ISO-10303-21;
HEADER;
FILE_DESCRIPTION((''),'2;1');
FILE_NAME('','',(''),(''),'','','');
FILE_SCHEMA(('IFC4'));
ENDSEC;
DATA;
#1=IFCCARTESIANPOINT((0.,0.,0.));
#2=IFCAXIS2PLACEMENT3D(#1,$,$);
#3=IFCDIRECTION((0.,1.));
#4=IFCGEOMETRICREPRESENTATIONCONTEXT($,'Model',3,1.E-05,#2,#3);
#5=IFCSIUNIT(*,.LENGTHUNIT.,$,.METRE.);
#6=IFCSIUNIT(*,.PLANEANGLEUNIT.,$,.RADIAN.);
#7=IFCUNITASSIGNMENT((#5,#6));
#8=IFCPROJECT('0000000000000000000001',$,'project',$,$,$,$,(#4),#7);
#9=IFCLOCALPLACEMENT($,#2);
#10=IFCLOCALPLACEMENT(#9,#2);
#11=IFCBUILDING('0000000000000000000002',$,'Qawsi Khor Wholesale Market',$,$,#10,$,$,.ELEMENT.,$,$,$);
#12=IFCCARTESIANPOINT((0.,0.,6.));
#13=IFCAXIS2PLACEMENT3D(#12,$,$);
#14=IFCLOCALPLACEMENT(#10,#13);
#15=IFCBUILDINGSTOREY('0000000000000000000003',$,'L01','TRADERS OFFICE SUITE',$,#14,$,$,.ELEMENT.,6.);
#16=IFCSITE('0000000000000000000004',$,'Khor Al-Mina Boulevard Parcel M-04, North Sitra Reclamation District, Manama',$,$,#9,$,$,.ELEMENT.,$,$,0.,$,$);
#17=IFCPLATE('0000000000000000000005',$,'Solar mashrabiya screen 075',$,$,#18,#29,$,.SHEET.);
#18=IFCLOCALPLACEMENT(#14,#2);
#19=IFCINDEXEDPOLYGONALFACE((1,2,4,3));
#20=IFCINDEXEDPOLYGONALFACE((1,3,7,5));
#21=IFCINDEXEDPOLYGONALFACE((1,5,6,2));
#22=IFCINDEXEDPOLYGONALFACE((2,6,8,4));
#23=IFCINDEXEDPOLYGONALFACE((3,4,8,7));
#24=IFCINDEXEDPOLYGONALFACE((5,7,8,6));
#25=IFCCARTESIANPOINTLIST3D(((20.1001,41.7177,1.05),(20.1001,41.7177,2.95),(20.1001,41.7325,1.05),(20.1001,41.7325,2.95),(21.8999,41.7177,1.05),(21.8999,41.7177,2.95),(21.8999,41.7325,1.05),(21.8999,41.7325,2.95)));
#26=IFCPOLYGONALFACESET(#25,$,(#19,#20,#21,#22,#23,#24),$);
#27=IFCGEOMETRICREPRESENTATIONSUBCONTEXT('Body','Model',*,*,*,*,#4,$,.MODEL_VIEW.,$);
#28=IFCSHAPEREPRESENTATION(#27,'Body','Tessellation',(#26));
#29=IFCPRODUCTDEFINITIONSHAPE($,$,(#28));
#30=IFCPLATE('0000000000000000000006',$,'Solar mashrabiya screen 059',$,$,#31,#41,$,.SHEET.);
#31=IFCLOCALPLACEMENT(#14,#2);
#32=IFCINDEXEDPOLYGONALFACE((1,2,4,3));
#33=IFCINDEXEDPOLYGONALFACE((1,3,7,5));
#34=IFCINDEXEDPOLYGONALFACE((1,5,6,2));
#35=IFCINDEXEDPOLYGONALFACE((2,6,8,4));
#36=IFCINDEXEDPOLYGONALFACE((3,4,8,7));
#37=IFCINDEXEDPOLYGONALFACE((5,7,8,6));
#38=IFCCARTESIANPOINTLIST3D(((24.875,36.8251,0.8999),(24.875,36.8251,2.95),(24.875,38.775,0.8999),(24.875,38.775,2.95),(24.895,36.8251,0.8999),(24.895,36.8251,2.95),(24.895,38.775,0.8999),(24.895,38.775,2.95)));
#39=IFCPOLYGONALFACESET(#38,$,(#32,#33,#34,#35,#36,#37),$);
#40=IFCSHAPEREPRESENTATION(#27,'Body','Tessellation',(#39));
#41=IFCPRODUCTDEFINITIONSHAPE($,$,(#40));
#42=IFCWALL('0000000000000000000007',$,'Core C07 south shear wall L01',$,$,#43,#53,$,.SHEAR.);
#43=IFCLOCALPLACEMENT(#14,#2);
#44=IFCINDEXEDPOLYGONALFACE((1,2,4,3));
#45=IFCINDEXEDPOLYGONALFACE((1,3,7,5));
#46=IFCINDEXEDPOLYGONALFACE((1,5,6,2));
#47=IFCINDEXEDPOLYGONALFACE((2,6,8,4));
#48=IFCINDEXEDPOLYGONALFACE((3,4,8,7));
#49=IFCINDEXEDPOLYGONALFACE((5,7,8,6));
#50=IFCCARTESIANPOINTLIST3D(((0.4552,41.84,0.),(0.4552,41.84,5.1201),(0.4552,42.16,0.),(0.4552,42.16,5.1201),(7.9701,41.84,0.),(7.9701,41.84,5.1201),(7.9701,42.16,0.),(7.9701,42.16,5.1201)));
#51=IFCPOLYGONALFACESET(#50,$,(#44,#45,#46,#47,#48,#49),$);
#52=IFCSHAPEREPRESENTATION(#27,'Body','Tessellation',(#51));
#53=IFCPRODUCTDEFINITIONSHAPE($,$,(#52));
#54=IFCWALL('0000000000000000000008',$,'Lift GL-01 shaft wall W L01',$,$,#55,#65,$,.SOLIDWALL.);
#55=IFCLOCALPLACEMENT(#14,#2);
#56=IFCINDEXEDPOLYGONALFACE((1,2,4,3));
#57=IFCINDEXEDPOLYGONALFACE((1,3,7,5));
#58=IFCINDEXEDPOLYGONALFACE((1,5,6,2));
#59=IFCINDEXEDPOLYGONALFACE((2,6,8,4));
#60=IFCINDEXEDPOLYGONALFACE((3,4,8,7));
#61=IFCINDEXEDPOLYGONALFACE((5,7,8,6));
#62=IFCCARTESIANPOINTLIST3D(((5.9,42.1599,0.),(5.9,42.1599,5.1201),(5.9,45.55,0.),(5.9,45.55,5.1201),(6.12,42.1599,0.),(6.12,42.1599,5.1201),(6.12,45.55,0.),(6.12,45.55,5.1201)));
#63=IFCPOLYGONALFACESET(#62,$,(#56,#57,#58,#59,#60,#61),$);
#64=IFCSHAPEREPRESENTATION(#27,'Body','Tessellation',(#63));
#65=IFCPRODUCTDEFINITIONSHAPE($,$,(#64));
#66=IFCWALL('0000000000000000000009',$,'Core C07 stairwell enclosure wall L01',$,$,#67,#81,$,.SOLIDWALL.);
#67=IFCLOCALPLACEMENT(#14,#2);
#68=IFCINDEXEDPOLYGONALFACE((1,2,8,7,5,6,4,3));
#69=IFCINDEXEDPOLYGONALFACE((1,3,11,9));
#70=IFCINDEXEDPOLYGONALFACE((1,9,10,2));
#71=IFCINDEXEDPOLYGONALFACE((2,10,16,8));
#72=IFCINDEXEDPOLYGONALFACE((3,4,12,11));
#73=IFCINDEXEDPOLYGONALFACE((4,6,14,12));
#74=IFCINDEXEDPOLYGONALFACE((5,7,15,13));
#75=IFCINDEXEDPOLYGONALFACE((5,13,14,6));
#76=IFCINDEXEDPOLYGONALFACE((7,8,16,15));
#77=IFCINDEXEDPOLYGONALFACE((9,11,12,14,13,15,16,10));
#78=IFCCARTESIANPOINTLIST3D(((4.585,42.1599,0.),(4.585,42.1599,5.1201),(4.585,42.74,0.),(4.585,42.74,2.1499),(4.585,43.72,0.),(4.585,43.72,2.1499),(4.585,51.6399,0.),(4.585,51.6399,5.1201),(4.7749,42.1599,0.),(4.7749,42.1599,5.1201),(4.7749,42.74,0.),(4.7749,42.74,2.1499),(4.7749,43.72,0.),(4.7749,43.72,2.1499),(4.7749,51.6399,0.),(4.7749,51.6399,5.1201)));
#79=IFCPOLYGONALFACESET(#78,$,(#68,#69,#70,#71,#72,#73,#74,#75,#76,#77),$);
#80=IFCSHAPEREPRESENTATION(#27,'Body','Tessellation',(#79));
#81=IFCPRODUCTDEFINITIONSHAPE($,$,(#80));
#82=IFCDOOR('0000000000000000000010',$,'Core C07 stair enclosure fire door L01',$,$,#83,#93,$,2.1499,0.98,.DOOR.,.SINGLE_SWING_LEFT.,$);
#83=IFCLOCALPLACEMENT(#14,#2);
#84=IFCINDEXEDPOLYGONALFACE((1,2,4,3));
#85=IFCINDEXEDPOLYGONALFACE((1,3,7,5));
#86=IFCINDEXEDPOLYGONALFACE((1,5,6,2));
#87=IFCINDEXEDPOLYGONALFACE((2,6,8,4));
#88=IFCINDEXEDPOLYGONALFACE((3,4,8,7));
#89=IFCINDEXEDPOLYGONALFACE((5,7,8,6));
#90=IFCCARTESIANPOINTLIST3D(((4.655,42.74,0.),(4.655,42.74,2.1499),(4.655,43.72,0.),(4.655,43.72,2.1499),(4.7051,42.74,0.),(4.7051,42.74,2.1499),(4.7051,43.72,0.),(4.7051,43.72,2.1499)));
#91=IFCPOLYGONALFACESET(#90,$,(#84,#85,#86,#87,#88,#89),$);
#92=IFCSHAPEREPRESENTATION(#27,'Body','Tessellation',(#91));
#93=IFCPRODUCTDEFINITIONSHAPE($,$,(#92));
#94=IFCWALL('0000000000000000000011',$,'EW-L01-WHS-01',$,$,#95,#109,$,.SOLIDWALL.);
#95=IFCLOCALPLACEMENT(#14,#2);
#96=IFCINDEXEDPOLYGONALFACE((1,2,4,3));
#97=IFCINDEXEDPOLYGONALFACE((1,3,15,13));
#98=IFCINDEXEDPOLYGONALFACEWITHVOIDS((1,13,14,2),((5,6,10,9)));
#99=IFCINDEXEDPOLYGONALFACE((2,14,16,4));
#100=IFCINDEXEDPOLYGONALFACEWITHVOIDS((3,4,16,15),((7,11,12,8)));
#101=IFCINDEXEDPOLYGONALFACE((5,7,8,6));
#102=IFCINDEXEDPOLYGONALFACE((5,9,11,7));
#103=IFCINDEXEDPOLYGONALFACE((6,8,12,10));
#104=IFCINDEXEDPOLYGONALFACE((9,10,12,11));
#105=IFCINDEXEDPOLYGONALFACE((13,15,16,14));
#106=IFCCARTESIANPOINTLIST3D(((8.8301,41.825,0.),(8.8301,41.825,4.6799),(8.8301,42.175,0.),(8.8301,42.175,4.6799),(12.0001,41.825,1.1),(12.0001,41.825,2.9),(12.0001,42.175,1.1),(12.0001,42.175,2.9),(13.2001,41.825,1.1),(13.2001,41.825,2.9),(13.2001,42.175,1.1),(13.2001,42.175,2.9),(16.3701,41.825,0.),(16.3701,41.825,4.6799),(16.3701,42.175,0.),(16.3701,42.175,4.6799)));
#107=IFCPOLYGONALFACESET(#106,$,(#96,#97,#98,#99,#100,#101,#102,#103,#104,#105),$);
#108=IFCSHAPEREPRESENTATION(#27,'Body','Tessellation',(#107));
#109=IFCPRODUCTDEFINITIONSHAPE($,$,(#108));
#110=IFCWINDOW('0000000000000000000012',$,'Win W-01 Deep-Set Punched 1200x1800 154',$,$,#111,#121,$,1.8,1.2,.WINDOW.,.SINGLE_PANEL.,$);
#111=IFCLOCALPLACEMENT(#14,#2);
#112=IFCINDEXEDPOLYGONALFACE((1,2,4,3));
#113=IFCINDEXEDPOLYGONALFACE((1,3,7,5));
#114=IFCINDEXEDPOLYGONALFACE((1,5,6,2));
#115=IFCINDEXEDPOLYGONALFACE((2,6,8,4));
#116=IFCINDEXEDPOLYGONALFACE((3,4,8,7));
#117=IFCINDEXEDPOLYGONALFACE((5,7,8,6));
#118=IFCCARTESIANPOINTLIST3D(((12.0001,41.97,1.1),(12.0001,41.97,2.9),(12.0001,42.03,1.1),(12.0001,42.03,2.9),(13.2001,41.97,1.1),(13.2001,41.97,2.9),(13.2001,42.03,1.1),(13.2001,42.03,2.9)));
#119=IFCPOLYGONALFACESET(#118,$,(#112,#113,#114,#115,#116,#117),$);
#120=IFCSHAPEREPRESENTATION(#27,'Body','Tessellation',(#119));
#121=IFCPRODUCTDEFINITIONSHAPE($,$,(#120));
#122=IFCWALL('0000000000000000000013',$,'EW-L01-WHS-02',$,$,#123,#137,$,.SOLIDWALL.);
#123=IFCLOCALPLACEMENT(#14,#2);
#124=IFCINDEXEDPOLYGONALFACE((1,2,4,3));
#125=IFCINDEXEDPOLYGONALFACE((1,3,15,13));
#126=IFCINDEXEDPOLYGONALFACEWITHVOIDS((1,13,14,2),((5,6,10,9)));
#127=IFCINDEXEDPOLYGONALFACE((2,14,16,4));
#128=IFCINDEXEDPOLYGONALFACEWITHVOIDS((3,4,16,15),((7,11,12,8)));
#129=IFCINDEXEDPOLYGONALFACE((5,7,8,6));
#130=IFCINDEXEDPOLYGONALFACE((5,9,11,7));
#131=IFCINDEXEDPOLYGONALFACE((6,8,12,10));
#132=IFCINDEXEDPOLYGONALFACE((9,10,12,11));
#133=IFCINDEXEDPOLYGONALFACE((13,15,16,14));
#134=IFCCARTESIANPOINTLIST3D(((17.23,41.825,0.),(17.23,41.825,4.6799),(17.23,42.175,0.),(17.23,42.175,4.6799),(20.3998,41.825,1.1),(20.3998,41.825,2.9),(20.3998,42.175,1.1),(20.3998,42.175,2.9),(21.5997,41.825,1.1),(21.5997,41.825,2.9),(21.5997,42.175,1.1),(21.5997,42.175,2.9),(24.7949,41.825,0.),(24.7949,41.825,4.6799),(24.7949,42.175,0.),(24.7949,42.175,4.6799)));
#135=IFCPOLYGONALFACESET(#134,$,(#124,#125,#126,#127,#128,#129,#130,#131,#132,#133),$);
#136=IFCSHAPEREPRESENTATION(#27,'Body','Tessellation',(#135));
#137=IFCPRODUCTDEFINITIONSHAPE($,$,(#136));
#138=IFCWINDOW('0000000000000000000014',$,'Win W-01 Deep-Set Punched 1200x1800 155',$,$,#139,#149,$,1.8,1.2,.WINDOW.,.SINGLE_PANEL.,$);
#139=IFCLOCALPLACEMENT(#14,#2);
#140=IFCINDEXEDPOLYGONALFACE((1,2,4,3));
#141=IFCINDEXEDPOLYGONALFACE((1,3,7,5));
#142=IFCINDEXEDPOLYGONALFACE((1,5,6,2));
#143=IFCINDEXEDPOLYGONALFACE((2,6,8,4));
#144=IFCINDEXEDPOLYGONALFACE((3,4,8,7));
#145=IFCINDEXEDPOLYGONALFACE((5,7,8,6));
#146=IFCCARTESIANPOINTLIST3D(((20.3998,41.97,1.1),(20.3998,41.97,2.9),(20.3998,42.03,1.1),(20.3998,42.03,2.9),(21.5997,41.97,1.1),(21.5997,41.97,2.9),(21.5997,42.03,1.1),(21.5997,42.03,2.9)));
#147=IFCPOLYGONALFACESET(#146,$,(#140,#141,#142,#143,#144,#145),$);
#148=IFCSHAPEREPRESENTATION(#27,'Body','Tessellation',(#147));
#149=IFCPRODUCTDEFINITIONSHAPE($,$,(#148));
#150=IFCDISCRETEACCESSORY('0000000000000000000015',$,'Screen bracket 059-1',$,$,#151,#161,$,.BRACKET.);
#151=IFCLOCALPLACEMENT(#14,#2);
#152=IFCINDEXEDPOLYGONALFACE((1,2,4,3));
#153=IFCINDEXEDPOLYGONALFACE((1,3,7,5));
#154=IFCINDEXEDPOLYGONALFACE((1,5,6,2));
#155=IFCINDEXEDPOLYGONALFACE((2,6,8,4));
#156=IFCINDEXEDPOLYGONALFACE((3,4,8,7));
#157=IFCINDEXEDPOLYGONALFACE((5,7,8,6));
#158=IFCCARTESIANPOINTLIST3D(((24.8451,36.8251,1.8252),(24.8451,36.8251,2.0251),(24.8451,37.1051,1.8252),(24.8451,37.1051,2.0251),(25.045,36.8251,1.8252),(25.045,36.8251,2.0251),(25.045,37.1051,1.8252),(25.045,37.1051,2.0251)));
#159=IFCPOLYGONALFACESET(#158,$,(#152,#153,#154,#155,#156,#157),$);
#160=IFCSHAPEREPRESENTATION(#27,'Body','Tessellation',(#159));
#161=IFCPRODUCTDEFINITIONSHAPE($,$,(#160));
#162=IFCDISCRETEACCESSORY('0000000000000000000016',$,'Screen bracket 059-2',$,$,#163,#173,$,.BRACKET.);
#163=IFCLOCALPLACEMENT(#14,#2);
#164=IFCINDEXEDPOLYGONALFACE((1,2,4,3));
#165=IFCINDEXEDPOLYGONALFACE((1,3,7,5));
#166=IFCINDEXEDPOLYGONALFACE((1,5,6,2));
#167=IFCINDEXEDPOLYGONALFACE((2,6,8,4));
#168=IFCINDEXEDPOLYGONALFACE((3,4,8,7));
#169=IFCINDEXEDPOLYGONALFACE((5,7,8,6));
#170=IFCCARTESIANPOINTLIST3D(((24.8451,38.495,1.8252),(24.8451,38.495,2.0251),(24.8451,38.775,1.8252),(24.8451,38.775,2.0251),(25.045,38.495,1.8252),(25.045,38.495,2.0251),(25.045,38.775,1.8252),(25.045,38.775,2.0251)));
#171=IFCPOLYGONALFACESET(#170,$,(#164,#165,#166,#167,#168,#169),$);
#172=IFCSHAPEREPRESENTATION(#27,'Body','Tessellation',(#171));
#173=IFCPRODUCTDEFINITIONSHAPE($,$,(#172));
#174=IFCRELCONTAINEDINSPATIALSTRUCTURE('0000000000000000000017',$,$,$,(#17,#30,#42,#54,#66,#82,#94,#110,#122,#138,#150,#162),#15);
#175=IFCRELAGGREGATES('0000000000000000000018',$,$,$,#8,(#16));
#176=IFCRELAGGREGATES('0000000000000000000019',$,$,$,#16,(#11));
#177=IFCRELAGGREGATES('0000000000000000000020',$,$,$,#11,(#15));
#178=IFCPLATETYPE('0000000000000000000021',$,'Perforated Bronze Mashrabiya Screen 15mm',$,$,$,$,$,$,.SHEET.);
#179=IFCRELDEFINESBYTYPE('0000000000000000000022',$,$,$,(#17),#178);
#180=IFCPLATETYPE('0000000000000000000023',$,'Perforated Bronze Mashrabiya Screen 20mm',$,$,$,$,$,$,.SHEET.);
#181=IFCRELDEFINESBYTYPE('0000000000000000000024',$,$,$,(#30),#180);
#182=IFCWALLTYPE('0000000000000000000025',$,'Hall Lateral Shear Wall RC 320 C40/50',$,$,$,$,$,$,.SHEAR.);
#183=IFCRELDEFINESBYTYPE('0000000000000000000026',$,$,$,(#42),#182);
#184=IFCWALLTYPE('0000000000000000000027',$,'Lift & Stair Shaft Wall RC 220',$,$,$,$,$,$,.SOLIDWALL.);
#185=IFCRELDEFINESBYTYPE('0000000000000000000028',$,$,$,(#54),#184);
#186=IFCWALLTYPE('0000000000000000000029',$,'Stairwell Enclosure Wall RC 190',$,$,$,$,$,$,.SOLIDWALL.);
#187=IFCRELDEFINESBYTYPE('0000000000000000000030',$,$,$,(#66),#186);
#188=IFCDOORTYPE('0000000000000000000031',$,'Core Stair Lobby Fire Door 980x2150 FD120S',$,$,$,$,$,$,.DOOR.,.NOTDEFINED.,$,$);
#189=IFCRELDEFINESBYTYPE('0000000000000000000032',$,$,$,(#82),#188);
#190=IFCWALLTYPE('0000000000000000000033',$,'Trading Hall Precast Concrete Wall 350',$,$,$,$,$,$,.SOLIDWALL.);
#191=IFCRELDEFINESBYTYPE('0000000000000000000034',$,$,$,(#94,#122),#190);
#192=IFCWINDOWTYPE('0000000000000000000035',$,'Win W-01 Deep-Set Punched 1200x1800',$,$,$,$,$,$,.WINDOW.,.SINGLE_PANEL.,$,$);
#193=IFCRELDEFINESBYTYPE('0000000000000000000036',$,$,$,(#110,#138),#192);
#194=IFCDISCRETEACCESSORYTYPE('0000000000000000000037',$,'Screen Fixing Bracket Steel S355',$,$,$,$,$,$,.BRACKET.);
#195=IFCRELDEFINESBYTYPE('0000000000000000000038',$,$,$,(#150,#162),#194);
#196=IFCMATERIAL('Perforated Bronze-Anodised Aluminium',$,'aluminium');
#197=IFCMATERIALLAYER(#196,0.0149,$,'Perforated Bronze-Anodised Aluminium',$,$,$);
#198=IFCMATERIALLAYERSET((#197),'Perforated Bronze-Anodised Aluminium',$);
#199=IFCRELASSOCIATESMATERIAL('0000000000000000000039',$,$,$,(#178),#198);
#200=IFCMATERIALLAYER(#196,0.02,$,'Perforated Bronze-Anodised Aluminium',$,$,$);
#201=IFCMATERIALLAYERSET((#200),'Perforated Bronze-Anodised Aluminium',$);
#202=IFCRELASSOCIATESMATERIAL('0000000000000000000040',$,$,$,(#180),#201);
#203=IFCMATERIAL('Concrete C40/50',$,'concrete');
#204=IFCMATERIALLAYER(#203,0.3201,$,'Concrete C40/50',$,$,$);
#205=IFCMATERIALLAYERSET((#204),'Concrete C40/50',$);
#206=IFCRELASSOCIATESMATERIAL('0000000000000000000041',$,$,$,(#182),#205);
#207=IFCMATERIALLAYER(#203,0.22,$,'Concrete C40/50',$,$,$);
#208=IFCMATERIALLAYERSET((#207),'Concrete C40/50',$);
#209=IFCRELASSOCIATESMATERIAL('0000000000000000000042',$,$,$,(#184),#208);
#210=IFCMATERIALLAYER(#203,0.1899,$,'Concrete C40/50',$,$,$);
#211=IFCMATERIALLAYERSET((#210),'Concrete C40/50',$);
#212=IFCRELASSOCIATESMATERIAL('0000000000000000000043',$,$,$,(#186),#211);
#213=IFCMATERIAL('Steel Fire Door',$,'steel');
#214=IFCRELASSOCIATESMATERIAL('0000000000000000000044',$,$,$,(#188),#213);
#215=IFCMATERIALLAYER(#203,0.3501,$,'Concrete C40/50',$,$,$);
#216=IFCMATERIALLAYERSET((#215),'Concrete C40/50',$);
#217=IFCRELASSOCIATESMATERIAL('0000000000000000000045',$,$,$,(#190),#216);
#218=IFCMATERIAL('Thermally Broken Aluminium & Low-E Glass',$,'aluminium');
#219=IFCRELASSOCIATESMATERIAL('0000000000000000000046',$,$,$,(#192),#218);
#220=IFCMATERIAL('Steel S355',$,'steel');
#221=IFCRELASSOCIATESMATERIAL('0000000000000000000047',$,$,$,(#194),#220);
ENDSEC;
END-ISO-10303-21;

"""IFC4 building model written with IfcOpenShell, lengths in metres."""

from ifc_helpers import new_model, si_unit, direction, frame, frame_2d, origin, origin_2d, place, context, subcontext, project, spatial, rectangle, extrude, material, layer, layer_set, type_object, element, fill, save


model = new_model("IFC4")

# Units and contexts
model_context = context("Model", 3, precision=1e-05, world=origin(), true_north=direction((0.0, 1.0)))
body_context = subcontext(model_context, "Body", "Model", "MODEL_VIEW")
ifc_project = project(units=[si_unit("LENGTHUNIT", "METRE"), si_unit("PLANEANGLEUNIT", "RADIAN")], contexts=[model_context])

# Site, building, storey
site_placement = place(None, origin())
site = spatial("IfcSite", under=ifc_project, at=site_placement, Name="Khor Al-Mina Boulevard Parcel M-04, North Sitra Reclamation District, Manama", CompositionType="ELEMENT", RefElevation=0.0)
building_placement = place(site_placement, origin())
building = spatial("IfcBuilding", under=site, at=building_placement, Name="Qawsi Khor Wholesale Market", CompositionType="ELEMENT")
storey_placement = place(building_placement, frame((0.0, 0.0, 6.0)))
storey = spatial("IfcBuildingStorey", under=building, at=storey_placement, Name="L01", Description="TRADERS OFFICE SUITE", CompositionType="ELEMENT", Elevation=6.0)

# Shared definitions
ifc_material_1 = material(Name="Concrete C40/50", Category="concrete")

# Shared definitions
ifc_material_2 = material(Name="Steel S355", Category="steel")

# Plates
ifc_material_3 = material(Name="Perforated Bronze-Anodised Aluminium", Category="aluminium")
ifc_layer_1 = layer(ifc_material_3, 0.0149, Name="Perforated Bronze-Anodised Aluminium")
ifc_layer_set_1 = layer_set([ifc_layer_1], Name="Perforated Bronze-Anodised Aluminium")
plate_type_1 = type_object("IfcPlateType", Name="Perforated Bronze Mashrabiya Screen 15mm", PredefinedType="SHEET", material=ifc_layer_set_1)
plate_1_placement = place(storey_placement, frame((21.8999, 41.7251, 1.05), z_axis=(0.0, 0.0, 1.0), x_axis=(-1.0, 0.0, 0.0)))
element("IfcPlate", 1, at=plate_1_placement, inside=storey, type_object=plate_type_1, Name="Solar mashrabiya screen 075", PredefinedType="SHEET", context=body_context, shape_type="SweptSolid", body=[
    extrude(rectangle(XDim=1.7998, YDim=0.0149, at=frame_2d((0.8999, 0.0))), origin(), (0.0, 0.0, 1.0), 1.8999),
])
ifc_layer_2 = layer(ifc_material_3, 0.02, Name="Perforated Bronze-Anodised Aluminium")
ifc_layer_set_2 = layer_set([ifc_layer_2], Name="Perforated Bronze-Anodised Aluminium")
plate_type_2 = type_object("IfcPlateType", Name="Perforated Bronze Mashrabiya Screen 20mm", PredefinedType="SHEET", material=ifc_layer_set_2)
plate_2_placement = place(storey_placement, frame((24.885, 36.825, 0.8999), z_axis=(0.0, 0.0, 1.0), x_axis=(0.0, 1.0, 0.0)))
element("IfcPlate", 2, at=plate_2_placement, inside=storey, type_object=plate_type_2, Name="Solar mashrabiya screen 059", PredefinedType="SHEET", context=body_context, shape_type="SweptSolid", body=[
    extrude(rectangle(XDim=1.95, YDim=0.02, at=frame_2d((0.9751, 0.0))), origin(), (0.0, 0.0, 1.0), 2.05),
])

# Walls
ifc_layer_3 = layer(ifc_material_1, 0.3201, Name="Concrete C40/50")
ifc_layer_set_3 = layer_set([ifc_layer_3], Name="Concrete C40/50")
wall_type_1 = type_object("IfcWallType", Name="Hall Lateral Shear Wall RC 320 C40/50", PredefinedType="SHEAR", material=ifc_layer_set_3)
wall_1_placement = place(storey_placement, frame((7.97, 42.0, 0.0), z_axis=(0.0, 0.0, 1.0), x_axis=(-1.0, 0.0, 0.0)))
element("IfcWall", 3, at=wall_1_placement, inside=storey, type_object=wall_type_1, Name="Core C07 south shear wall L01", PredefinedType="SHEAR", context=body_context, shape_type="SweptSolid", body=[
    extrude(rectangle(XDim=7.5149, YDim=0.3201, at=frame_2d((3.7573, 0.0))), origin(), (0.0, 0.0, 1.0), 5.1201),
])
ifc_layer_4 = layer(ifc_material_1, 0.22, Name="Concrete C40/50")
ifc_layer_set_4 = layer_set([ifc_layer_4], Name="Concrete C40/50")
wall_type_2 = type_object("IfcWallType", Name="Lift & Stair Shaft Wall RC 220", PredefinedType="SOLIDWALL", material=ifc_layer_set_4)
wall_2_placement = place(storey_placement, frame((6.01, 42.1599, 0.0), z_axis=(0.0, 0.0, 1.0), x_axis=(0.0, 1.0, 0.0)))
element("IfcWall", 4, at=wall_2_placement, inside=storey, type_object=wall_type_2, Name="Lift GL-01 shaft wall W L01", PredefinedType="SOLIDWALL", context=body_context, shape_type="SweptSolid", body=[
    extrude(rectangle(XDim=3.3901, YDim=0.22, at=frame_2d((1.6951, 0.0))), origin(), (0.0, 0.0, 1.0), 5.1201),
])

# Wall, opening, door
ifc_layer_5 = layer(ifc_material_1, 0.1899, Name="Concrete C40/50")
ifc_layer_set_5 = layer_set([ifc_layer_5], Name="Concrete C40/50")
wall_type_3 = type_object("IfcWallType", Name="Stairwell Enclosure Wall RC 190", PredefinedType="SOLIDWALL", material=ifc_layer_set_5)
wall_3_placement = place(storey_placement, frame((4.6799, 42.1599, 0.0), z_axis=(0.0, 0.0, 1.0), x_axis=(0.0, 1.0, 0.0)))
wall_3 = element("IfcWall", 5, at=wall_3_placement, inside=storey, type_object=wall_type_3, Name="Core C07 stairwell enclosure wall L01", PredefinedType="SOLIDWALL", context=body_context, shape_type="SweptSolid", body=[
    extrude(rectangle(XDim=9.48, YDim=0.1899, at=frame_2d((4.74, 0.0))), origin(), (0.0, 0.0, 1.0), 5.1201),
])
opening_1_placement = place(wall_3_placement, frame((0.5801, 0.0, 0.0)))
opening_1 = element("IfcOpeningElement", 6, at=opening_1_placement, cuts=wall_3, PredefinedType="OPENING", context=body_context, shape_type="SweptSolid", body=[
    extrude(rectangle(XDim=0.98, YDim=2.1499, at=frame_2d((0.49, 1.075))), frame((0.0, 0.105, 0.0), z_axis=(0.0, -1.0, 0.0), x_axis=(1.0, 0.0, 0.0)), (0.0, 0.0, 1.0), 0.21),
])
ifc_material_4 = material(Name="Steel Fire Door", Category="steel")
door_type = type_object("IfcDoorType", Name="Core Stair Lobby Fire Door 980x2150 FD120S", OperationType="NOTDEFINED", PredefinedType="DOOR", material=ifc_material_4)
door_placement = place(opening_1_placement, origin())
door = element("IfcDoor", 7, at=door_placement, inside=storey, type_object=door_type, Name="Core C07 stair enclosure fire door L01", OperationType="SINGLE_SWING_LEFT", OverallHeight=2.1499, OverallWidth=0.98, PredefinedType="DOOR", context=body_context, shape_type="SweptSolid", body=[
    extrude(rectangle(XDim=0.98, YDim=2.1499, at=frame_2d((0.49, 1.075))), frame((0.0, 0.0249, 0.0), z_axis=(0.0, -1.0, 0.0), x_axis=(1.0, 0.0, 0.0)), (0.0, 0.0, 1.0), 0.05),
])
fill(opening_1, door)

# Walls, openings, windows
ifc_layer_6 = layer(ifc_material_1, 0.3501, Name="Concrete C40/50")
ifc_layer_set_6 = layer_set([ifc_layer_6], Name="Concrete C40/50")
wall_type_4 = type_object("IfcWallType", Name="Trading Hall Precast Concrete Wall 350", PredefinedType="SOLIDWALL", material=ifc_layer_set_6)
wall_4_placement = place(storey_placement, frame((16.3701, 42.0, 0.0), z_axis=(0.0, 0.0, 1.0), x_axis=(-1.0, 0.0, 0.0)))
wall_4 = element("IfcWall", 8, at=wall_4_placement, inside=storey, type_object=wall_type_4, Name="EW-L01-WHS-01", PredefinedType="SOLIDWALL", context=body_context, shape_type="SweptSolid", body=[
    extrude(rectangle(XDim=7.54, YDim=0.3501, at=frame_2d((3.77, 0.0))), origin(), (0.0, 0.0, 1.0), 4.6799),
])
opening_2_placement = place(wall_4_placement, frame((3.1699, 0.0, 1.1001)))
opening_2 = element("IfcOpeningElement", 9, at=opening_2_placement, cuts=wall_4, PredefinedType="OPENING", context=body_context, shape_type="SweptSolid", body=[
    extrude(rectangle(XDim=1.2, YDim=1.8, at=frame_2d((0.6001, 0.8999))), frame((0.0, 0.1851, 0.0), z_axis=(0.0, -1.0, 0.0), x_axis=(1.0, 0.0, 0.0)), (0.0, 0.0, 1.0), 0.3701),
])
ifc_material_5 = material(Name="Thermally Broken Aluminium & Low-E Glass", Category="aluminium")
window_type = type_object("IfcWindowType", Name="Win W-01 Deep-Set Punched 1200x1800", PartitioningType="SINGLE_PANEL", PredefinedType="WINDOW", material=ifc_material_5)
window_1_placement = place(opening_2_placement, origin())
window_1 = element("IfcWindow", 10, at=window_1_placement, inside=storey, type_object=window_type, Name="Win W-01 Deep-Set Punched 1200x1800 154", OverallHeight=1.8, OverallWidth=1.2, PartitioningType="SINGLE_PANEL", PredefinedType="WINDOW", context=body_context, shape_type="SweptSolid", body=[
    extrude(rectangle(XDim=1.2, YDim=1.8, at=frame_2d((0.6001, 0.8999))), frame((0.0, 0.03, 0.0), z_axis=(0.0, -1.0, 0.0), x_axis=(1.0, 0.0, 0.0)), (0.0, 0.0, 1.0), 0.0601),
])
fill(opening_2, window_1)
wall_5_placement = place(storey_placement, frame((24.7949, 42.0, 0.0), z_axis=(0.0, 0.0, 1.0), x_axis=(-1.0, 0.0, 0.0)))
wall_5 = element("IfcWall", 11, at=wall_5_placement, inside=storey, type_object=wall_type_4, Name="EW-L01-WHS-02", PredefinedType="SOLIDWALL", context=body_context, shape_type="SweptSolid", body=[
    extrude(rectangle(XDim=7.5649, YDim=0.3501, at=frame_2d((3.7825, 0.0))), origin(), (0.0, 0.0, 1.0), 4.6799),
])
opening_3_placement = place(wall_5_placement, frame((3.1951, 0.0, 1.1001)))
opening_3 = element("IfcOpeningElement", 12, at=opening_3_placement, cuts=wall_5, PredefinedType="OPENING", context=body_context, shape_type="SweptSolid", body=[
    extrude(rectangle(XDim=1.2, YDim=1.8, at=frame_2d((0.6001, 0.8999))), frame((0.0, 0.1851, 0.0), z_axis=(0.0, -1.0, 0.0), x_axis=(1.0, 0.0, 0.0)), (0.0, 0.0, 1.0), 0.3701),
])
window_2_placement = place(opening_3_placement, origin())
window_2 = element("IfcWindow", 13, at=window_2_placement, inside=storey, type_object=window_type, Name="Win W-01 Deep-Set Punched 1200x1800 155", OverallHeight=1.8, OverallWidth=1.2, PartitioningType="SINGLE_PANEL", PredefinedType="WINDOW", context=body_context, shape_type="SweptSolid", body=[
    extrude(rectangle(XDim=1.2, YDim=1.8, at=frame_2d((0.6001, 0.8999))), frame((0.0, 0.03, 0.0), z_axis=(0.0, -1.0, 0.0), x_axis=(1.0, 0.0, 0.0)), (0.0, 0.0, 1.0), 0.0601),
])
fill(opening_3, window_2)

# Discrete accessories
discrete_accessory_type = type_object("IfcDiscreteAccessoryType", Name="Screen Fixing Bracket Steel S355", PredefinedType="BRACKET", material=ifc_material_2)
for number, where, z_axis, x_axis, name in (
    (14, (24.9451, 36.9651, 1.8252), (0.0, 0.0, 1.0), (1.0, 0.0, 0.0), "Screen bracket 059-1"),
    (15, (24.9451, 38.635, 1.8252), (0.0, 0.0, 1.0), (1.0, 0.0, 0.0), "Screen bracket 059-2"),
):
    element("IfcDiscreteAccessory", number, at=place(storey_placement, frame(where, z_axis=z_axis, x_axis=x_axis)), inside=storey, type_object=discrete_accessory_type, Name=name, PredefinedType="BRACKET", context=body_context, shape_type="SweptSolid", body=[
        extrude(rectangle(XDim=0.2, YDim=0.28, at=origin_2d()), origin(), (0.0, 0.0, 1.0), 0.2),
    ])

save(model, "model.ifc")
